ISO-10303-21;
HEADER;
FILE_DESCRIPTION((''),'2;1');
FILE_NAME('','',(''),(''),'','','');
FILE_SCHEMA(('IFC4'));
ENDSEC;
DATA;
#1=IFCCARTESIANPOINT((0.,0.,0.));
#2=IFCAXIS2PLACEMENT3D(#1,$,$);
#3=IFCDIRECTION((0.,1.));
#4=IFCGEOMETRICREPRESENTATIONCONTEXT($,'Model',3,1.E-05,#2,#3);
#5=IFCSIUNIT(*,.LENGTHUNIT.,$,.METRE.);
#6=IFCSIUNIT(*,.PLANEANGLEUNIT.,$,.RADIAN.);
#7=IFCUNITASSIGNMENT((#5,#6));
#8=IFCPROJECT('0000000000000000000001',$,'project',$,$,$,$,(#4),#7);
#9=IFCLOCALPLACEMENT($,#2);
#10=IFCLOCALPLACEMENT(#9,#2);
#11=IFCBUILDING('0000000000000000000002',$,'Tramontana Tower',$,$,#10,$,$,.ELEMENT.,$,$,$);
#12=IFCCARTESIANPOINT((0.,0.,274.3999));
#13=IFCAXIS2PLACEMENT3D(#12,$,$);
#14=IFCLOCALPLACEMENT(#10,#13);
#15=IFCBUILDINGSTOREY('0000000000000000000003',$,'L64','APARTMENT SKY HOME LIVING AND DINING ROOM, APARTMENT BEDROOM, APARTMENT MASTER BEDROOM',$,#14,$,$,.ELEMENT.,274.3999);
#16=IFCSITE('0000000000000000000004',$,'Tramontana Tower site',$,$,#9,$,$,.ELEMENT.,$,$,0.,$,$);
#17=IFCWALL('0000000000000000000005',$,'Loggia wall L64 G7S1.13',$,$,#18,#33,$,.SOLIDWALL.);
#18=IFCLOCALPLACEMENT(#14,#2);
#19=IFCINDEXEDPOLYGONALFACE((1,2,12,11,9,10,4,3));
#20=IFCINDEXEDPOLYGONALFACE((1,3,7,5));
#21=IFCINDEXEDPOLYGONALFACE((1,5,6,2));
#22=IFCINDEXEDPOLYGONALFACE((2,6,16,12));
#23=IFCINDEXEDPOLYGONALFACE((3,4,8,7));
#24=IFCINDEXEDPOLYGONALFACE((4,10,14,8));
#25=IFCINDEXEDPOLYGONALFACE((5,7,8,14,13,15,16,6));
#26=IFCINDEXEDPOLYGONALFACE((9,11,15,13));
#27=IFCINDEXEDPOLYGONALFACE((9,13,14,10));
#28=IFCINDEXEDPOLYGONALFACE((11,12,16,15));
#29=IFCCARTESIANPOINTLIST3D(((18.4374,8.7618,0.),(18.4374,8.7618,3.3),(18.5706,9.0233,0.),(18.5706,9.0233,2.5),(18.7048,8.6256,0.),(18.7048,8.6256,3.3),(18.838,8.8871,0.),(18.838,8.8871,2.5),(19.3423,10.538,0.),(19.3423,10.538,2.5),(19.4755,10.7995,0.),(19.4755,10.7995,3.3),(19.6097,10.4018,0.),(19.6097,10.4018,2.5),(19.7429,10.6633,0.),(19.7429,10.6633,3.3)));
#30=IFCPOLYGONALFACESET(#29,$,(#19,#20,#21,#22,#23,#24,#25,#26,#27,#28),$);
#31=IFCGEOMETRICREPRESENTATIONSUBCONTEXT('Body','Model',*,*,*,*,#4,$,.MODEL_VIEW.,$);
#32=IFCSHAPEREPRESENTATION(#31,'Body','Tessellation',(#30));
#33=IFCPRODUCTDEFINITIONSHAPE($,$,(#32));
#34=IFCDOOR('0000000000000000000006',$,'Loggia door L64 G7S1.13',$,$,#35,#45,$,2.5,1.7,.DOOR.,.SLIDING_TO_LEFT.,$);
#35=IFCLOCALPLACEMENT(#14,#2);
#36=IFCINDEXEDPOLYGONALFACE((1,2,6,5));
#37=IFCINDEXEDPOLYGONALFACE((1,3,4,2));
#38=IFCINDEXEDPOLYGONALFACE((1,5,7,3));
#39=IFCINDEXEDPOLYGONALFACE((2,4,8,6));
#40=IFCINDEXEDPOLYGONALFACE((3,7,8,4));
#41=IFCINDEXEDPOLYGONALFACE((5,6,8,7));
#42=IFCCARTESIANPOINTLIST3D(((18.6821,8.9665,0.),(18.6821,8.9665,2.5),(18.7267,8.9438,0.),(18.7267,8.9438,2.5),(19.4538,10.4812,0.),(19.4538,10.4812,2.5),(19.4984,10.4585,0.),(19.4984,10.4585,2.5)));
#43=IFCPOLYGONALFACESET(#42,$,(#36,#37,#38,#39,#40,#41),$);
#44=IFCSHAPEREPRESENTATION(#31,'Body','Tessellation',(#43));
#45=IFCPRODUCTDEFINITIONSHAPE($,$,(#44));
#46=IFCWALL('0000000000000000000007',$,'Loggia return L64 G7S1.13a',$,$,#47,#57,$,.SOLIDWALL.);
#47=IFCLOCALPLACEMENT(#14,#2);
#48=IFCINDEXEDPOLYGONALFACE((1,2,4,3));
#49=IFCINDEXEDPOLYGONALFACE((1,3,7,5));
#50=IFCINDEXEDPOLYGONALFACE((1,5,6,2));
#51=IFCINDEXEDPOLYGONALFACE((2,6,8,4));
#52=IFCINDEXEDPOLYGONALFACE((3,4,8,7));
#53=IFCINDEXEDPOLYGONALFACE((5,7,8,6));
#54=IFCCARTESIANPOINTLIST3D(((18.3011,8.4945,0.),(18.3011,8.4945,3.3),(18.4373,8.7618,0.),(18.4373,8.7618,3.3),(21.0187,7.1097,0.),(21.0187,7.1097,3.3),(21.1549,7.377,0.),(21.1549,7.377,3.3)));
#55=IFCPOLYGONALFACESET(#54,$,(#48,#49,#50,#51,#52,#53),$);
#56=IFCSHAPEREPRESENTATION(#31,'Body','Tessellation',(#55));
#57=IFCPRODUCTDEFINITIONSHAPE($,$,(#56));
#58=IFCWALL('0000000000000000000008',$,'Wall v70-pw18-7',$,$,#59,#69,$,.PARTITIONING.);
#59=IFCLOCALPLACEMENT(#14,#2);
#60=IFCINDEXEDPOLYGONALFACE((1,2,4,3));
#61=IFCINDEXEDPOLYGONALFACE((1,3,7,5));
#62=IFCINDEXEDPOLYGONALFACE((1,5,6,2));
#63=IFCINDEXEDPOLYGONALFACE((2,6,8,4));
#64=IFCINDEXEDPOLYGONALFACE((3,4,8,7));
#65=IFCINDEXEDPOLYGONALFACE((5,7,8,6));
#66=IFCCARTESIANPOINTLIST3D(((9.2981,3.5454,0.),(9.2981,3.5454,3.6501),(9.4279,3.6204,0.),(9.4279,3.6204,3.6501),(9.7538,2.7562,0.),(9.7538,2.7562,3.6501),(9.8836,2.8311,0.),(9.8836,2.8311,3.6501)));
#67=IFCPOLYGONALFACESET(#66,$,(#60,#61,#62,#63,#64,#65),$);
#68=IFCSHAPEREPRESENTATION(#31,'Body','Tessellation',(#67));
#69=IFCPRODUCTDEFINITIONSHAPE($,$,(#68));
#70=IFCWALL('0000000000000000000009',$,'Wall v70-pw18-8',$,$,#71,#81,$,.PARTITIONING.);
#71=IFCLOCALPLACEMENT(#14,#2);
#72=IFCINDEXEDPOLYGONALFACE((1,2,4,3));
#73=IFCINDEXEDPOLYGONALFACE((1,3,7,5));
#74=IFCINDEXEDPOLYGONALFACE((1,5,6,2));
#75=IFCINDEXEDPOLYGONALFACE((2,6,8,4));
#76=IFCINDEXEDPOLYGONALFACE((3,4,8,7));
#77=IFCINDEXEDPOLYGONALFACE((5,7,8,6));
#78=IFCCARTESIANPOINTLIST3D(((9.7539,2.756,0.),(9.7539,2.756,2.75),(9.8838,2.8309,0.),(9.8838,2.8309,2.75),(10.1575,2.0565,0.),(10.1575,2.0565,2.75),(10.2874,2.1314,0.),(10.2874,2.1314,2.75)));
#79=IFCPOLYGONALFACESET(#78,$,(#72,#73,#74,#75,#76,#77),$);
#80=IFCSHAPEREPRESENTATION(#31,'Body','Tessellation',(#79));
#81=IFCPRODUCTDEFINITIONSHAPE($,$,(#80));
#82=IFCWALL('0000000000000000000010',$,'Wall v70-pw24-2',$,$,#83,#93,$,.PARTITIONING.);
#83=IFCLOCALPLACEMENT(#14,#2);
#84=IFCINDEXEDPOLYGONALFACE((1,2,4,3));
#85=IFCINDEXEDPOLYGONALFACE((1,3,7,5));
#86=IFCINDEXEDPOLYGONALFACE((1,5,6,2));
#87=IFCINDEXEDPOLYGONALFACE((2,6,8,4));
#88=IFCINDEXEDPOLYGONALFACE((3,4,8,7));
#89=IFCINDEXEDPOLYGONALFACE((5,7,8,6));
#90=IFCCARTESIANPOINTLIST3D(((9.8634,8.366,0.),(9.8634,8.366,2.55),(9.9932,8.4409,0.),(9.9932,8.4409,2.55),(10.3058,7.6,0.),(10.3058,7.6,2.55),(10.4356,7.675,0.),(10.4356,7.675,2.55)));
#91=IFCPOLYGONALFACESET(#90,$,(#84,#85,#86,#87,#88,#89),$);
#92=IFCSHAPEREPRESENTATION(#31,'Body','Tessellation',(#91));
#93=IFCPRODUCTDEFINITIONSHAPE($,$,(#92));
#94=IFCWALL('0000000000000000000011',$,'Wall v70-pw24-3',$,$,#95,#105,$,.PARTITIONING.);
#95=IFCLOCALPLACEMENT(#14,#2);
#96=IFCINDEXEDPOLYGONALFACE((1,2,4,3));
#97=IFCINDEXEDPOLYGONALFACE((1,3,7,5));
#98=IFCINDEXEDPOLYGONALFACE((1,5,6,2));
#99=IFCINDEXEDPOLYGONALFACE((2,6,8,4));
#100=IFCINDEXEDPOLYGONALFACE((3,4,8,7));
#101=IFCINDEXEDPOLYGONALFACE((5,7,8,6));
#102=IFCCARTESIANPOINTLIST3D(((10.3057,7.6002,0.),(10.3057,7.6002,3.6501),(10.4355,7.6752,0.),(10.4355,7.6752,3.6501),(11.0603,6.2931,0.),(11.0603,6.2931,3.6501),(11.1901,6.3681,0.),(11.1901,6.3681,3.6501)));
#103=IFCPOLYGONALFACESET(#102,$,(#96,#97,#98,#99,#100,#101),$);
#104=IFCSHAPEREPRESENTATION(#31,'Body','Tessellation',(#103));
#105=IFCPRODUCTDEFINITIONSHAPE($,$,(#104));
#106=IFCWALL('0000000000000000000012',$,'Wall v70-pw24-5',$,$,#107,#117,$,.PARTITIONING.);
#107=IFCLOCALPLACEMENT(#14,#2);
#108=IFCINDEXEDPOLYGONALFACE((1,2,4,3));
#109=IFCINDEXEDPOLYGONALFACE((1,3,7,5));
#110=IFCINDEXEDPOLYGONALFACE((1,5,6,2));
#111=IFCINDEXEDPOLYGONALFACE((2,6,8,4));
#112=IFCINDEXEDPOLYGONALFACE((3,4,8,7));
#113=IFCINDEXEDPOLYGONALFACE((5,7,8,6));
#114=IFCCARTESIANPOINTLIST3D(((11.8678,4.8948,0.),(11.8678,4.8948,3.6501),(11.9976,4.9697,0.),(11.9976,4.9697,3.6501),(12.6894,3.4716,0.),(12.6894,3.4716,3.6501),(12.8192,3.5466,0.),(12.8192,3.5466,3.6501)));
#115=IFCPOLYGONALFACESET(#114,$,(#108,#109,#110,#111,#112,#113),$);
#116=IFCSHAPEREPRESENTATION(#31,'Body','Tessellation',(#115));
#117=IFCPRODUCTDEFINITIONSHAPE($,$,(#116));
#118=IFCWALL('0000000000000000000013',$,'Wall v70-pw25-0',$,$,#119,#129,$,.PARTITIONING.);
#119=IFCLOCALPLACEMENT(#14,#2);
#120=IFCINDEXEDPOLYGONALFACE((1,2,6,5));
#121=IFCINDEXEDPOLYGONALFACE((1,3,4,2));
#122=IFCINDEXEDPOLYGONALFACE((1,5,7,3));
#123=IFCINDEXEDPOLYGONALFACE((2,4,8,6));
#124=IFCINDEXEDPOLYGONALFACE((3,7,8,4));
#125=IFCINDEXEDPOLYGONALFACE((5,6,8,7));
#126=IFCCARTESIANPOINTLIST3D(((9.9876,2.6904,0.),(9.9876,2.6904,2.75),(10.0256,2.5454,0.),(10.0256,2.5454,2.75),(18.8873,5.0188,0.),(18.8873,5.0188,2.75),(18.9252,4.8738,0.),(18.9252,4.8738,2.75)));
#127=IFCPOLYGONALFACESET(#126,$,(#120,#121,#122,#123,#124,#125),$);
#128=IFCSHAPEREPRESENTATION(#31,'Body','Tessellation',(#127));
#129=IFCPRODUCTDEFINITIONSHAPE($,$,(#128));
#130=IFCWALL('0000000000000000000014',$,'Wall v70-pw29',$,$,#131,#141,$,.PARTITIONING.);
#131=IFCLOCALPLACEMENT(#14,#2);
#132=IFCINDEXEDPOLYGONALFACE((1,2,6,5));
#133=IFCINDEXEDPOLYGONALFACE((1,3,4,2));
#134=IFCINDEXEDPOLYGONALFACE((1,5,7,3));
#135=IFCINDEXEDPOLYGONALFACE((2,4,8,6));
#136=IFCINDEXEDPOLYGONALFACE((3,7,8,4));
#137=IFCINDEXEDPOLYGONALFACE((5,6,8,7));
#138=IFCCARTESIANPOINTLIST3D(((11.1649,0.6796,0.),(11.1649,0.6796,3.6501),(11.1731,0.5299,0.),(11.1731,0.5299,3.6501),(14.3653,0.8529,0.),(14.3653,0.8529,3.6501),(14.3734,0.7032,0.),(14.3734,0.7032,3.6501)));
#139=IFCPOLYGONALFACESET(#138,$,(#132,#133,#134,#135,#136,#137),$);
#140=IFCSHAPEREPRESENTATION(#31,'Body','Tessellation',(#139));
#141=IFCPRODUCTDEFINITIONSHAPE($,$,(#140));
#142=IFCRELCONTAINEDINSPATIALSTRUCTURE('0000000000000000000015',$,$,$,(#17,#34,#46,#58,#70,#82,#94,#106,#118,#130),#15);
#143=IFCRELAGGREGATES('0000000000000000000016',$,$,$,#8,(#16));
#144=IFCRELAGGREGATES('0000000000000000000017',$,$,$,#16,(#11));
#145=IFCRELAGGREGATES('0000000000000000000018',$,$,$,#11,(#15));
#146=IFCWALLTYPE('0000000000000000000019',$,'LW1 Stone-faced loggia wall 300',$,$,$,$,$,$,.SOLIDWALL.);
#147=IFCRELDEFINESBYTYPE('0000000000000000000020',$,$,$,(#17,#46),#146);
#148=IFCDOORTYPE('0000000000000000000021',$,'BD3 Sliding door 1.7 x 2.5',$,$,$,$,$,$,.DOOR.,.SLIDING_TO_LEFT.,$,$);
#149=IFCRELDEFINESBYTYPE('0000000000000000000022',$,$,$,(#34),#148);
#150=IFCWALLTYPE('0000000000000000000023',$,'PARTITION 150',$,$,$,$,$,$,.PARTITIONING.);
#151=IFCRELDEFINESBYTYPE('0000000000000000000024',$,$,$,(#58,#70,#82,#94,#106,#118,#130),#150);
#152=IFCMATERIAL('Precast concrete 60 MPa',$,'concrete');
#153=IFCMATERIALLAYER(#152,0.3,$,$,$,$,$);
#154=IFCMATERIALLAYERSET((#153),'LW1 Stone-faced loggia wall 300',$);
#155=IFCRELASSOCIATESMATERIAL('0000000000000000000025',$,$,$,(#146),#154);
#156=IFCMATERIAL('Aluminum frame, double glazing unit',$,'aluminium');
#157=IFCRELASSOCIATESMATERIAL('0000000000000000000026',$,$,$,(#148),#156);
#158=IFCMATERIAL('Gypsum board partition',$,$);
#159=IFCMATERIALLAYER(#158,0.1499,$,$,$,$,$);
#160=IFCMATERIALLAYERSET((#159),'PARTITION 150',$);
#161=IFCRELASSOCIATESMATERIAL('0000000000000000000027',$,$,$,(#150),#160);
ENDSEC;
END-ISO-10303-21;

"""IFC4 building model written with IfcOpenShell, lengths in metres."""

from ifc_helpers import new_model, si_unit, direction, frame, frame_2d, origin, place, context, subcontext, project, spatial, rectangle, extrude, material, layer, layer_set, type_object, element, fill, save


model = new_model("IFC4")

# Units and contexts
model_context = context("Model", 3, precision=1e-05, world=origin(), true_north=direction((0.0, 1.0)))
body_context = subcontext(model_context, "Body", "Model", "MODEL_VIEW")
ifc_project = project(units=[si_unit("LENGTHUNIT", "METRE"), si_unit("PLANEANGLEUNIT", "RADIAN")], contexts=[model_context])

# Site, building, storey
site_placement = place(None, origin())
site = spatial("IfcSite", under=ifc_project, at=site_placement, Name="Tramontana Tower site", CompositionType="ELEMENT", RefElevation=0.0)
building_placement = place(site_placement, origin())
building = spatial("IfcBuilding", under=site, at=building_placement, Name="Tramontana Tower", CompositionType="ELEMENT")
storey_placement = place(building_placement, frame((0.0, 0.0, 274.3999)))
storey = spatial("IfcBuildingStorey", under=building, at=storey_placement, Name="L64", Description="APARTMENT SKY HOME LIVING AND DINING ROOM, APARTMENT BEDROOM, APARTMENT MASTER BEDROOM", CompositionType="ELEMENT", Elevation=274.3999)

# Shared definitions
ifc_material_1 = material(Name="Precast concrete 60 MPa", Category="concrete")
ifc_layer_1 = layer(ifc_material_1, 0.3)
ifc_layer_set_1 = layer_set([ifc_layer_1], Name="LW1 Stone-faced loggia wall 300")
wall_type_1 = type_object("IfcWallType", Name="LW1 Stone-faced loggia wall 300", PredefinedType="SOLIDWALL", material=ifc_layer_set_1)
ifc_material_2 = material(Name="Aluminum frame, double glazing unit", Category="aluminium")
door_type_1 = type_object("IfcDoorType", Name="BD3 Sliding door 1.7 x 2.5", OperationType="SLIDING_TO_LEFT", PredefinedType="DOOR", material=ifc_material_2)

# Wall, opening, door
wall_1_placement = place(storey_placement, frame((18.571, 8.6936, 0.0), z_axis=(0.0, 0.0, 1.0), x_axis=(0.453948, 0.891028, 0.0)))
wall_1 = element("IfcWall", 1, at=wall_1_placement, inside=storey, type_object=wall_type_1, Name="Loggia wall L64 G7S1.13", PredefinedType="SOLIDWALL", context=body_context, shape_type="SweptSolid", body=[
    extrude(rectangle(XDim=2.2869, YDim=0.3, at=frame_2d((1.1436, 0.0))), origin(), (0.0, 0.0, 1.0), 3.3),
])
opening_1_placement = place(wall_1_placement, frame((0.2935, 0.0, 0.0)))
opening_1 = element("IfcOpeningElement", 2, at=opening_1_placement, cuts=wall_1, PredefinedType="OPENING", context=body_context, shape_type="SweptSolid", body=[
    extrude(rectangle(XDim=1.7, YDim=2.5, at=frame_2d((0.8501, 1.25))), frame((0.0, 0.1599, 0.0), z_axis=(0.0, -1.0, 0.0), x_axis=(1.0, 0.0, 0.0)), (0.0, 0.0, 1.0), 0.3201),
])
door_1_placement = place(opening_1_placement, origin())
door_1 = element("IfcDoor", 3, at=door_1_placement, inside=storey, type_object=door_type_1, Name="Loggia door L64 G7S1.13", OperationType="SLIDING_TO_LEFT", OverallHeight=2.5, OverallWidth=1.7, PredefinedType="DOOR", context=body_context, shape_type="SweptSolid", body=[
    extrude(rectangle(XDim=1.7, YDim=2.5, at=frame_2d((0.8501, 1.25))), frame((0.0, 0.0249, 0.0), z_axis=(0.0, -1.0, 0.0), x_axis=(1.0, 0.0, 0.0)), (0.0, 0.0, 1.0), 0.05),
])
fill(opening_1, door_1)

# Walls
wall_2_placement = place(storey_placement, frame((21.0867, 7.2434, 0.0), z_axis=(0.0, 0.0, 1.0), x_axis=(-0.890991, 0.454021, 0.0)))
element("IfcWall", 4, at=wall_2_placement, inside=storey, type_object=wall_type_1, Name="Loggia return L64 G7S1.13a", PredefinedType="SOLIDWALL", context=body_context, shape_type="SweptSolid", body=[
    extrude(rectangle(XDim=3.05, YDim=0.3, at=frame_2d((1.5249, 0.0))), origin(), (0.0, 0.0, 1.0), 3.3),
])
ifc_material_3 = material(Name="Gypsum board partition")
ifc_layer_2 = layer(ifc_material_3, 0.1499)
ifc_layer_set_2 = layer_set([ifc_layer_2], Name="PARTITION 150")
wall_type_2 = type_object("IfcWallType", Name="PARTITION 150", PredefinedType="PARTITIONING", material=ifc_layer_set_2)
wall_3_placement = place(storey_placement, frame((9.363, 3.5828, 0.0), z_axis=(0.0, 0.0, 1.0), x_axis=(0.500086, -0.865976, 0.0)))
element("IfcWall", 5, at=wall_3_placement, inside=storey, type_object=wall_type_2, Name="Wall v70-pw18-7", PredefinedType="PARTITIONING", context=body_context, shape_type="SweptSolid", body=[
    extrude(rectangle(XDim=0.9114, YDim=0.1499, at=frame_2d((0.4556, 0.0))), origin(), (0.0, 0.0, 1.0), 3.6501),
])
wall_4_placement = place(storey_placement, frame((9.8188, 2.7935, 0.0), z_axis=(0.0, 0.0, 1.0), x_axis=(0.499749, -0.86617, 0.0)))
element("IfcWall", 6, at=wall_4_placement, inside=storey, type_object=wall_type_2, Name="Wall v70-pw18-8", PredefinedType="PARTITIONING", context=body_context, shape_type="SweptSolid", body=[
    extrude(rectangle(XDim=0.8076, YDim=0.1499, at=frame_2d((0.4038, 0.0))), origin(), (0.0, 0.0, 1.0), 2.75),
])

# Walls
wall_5_placement = place(storey_placement, frame((9.9282, 8.4036, 0.0), z_axis=(0.0, 0.0, 1.0), x_axis=(0.500176, -0.865924, 0.0)))
element("IfcWall", 7, at=wall_5_placement, inside=storey, type_object=wall_type_2, Name="Wall v70-pw24-2", PredefinedType="PARTITIONING", context=body_context, shape_type="SweptSolid", body=[
    extrude(rectangle(XDim=0.8845, YDim=0.1499, at=frame_2d((0.4424, 0.0))), origin(), (0.0, 0.0, 1.0), 2.55),
])
wall_6_placement = place(storey_placement, frame((10.3706, 7.6377, 0.0), z_axis=(0.0, 0.0, 1.0), x_axis=(0.499984, -0.866035, 0.0)))
element("IfcWall", 8, at=wall_6_placement, inside=storey, type_object=wall_type_2, Name="Wall v70-pw24-3", PredefinedType="PARTITIONING", context=body_context, shape_type="SweptSolid", body=[
    extrude(rectangle(XDim=1.5093, YDim=0.1499, at=frame_2d((0.7546, 0.0))), origin(), (0.0, 0.0, 1.0), 3.6501),
])

# Walls
wall_7_placement = place(storey_placement, frame((11.9326, 4.9324, 0.0), z_axis=(0.0, 0.0, 1.0), x_axis=(0.499958, -0.86605, 0.0)))
element("IfcWall", 9, at=wall_7_placement, inside=storey, type_object=wall_type_2, Name="Wall v70-pw24-5", PredefinedType="PARTITIONING", context=body_context, shape_type="SweptSolid", body=[
    extrude(rectangle(XDim=1.6433, YDim=0.1499, at=frame_2d((0.8218, 0.0))), origin(), (0.0, 0.0, 1.0), 3.6501),
])
wall_8_placement = place(storey_placement, frame((10.0066, 2.6179, 0.0), z_axis=(0.0, 0.0, 1.0), x_axis=(0.967439, 0.253106, 0.0)))
element("IfcWall", 10, at=wall_8_placement, inside=storey, type_object=wall_type_2, Name="Wall v70-pw25-0", PredefinedType="PARTITIONING", context=body_context, shape_type="SweptSolid", body=[
    extrude(rectangle(XDim=9.1992, YDim=0.1499, at=frame_2d((4.5996, 0.0))), origin(), (0.0, 0.0, 1.0), 2.75),
])
wall_9_placement = place(storey_placement, frame((14.3694, 0.7781, 0.0), z_axis=(0.0, 0.0, 1.0), x_axis=(-0.998536, -0.054082, 0.0)))
element("IfcWall", 11, at=wall_9_placement, inside=storey, type_object=wall_type_2, Name="Wall v70-pw29", PredefinedType="PARTITIONING", context=body_context, shape_type="SweptSolid", body=[
    extrude(rectangle(XDim=3.2051, YDim=0.1499, at=frame_2d((1.6025, 0.0))), origin(), (0.0, 0.0, 1.0), 3.6501),
])

save(model, "model.ifc")
